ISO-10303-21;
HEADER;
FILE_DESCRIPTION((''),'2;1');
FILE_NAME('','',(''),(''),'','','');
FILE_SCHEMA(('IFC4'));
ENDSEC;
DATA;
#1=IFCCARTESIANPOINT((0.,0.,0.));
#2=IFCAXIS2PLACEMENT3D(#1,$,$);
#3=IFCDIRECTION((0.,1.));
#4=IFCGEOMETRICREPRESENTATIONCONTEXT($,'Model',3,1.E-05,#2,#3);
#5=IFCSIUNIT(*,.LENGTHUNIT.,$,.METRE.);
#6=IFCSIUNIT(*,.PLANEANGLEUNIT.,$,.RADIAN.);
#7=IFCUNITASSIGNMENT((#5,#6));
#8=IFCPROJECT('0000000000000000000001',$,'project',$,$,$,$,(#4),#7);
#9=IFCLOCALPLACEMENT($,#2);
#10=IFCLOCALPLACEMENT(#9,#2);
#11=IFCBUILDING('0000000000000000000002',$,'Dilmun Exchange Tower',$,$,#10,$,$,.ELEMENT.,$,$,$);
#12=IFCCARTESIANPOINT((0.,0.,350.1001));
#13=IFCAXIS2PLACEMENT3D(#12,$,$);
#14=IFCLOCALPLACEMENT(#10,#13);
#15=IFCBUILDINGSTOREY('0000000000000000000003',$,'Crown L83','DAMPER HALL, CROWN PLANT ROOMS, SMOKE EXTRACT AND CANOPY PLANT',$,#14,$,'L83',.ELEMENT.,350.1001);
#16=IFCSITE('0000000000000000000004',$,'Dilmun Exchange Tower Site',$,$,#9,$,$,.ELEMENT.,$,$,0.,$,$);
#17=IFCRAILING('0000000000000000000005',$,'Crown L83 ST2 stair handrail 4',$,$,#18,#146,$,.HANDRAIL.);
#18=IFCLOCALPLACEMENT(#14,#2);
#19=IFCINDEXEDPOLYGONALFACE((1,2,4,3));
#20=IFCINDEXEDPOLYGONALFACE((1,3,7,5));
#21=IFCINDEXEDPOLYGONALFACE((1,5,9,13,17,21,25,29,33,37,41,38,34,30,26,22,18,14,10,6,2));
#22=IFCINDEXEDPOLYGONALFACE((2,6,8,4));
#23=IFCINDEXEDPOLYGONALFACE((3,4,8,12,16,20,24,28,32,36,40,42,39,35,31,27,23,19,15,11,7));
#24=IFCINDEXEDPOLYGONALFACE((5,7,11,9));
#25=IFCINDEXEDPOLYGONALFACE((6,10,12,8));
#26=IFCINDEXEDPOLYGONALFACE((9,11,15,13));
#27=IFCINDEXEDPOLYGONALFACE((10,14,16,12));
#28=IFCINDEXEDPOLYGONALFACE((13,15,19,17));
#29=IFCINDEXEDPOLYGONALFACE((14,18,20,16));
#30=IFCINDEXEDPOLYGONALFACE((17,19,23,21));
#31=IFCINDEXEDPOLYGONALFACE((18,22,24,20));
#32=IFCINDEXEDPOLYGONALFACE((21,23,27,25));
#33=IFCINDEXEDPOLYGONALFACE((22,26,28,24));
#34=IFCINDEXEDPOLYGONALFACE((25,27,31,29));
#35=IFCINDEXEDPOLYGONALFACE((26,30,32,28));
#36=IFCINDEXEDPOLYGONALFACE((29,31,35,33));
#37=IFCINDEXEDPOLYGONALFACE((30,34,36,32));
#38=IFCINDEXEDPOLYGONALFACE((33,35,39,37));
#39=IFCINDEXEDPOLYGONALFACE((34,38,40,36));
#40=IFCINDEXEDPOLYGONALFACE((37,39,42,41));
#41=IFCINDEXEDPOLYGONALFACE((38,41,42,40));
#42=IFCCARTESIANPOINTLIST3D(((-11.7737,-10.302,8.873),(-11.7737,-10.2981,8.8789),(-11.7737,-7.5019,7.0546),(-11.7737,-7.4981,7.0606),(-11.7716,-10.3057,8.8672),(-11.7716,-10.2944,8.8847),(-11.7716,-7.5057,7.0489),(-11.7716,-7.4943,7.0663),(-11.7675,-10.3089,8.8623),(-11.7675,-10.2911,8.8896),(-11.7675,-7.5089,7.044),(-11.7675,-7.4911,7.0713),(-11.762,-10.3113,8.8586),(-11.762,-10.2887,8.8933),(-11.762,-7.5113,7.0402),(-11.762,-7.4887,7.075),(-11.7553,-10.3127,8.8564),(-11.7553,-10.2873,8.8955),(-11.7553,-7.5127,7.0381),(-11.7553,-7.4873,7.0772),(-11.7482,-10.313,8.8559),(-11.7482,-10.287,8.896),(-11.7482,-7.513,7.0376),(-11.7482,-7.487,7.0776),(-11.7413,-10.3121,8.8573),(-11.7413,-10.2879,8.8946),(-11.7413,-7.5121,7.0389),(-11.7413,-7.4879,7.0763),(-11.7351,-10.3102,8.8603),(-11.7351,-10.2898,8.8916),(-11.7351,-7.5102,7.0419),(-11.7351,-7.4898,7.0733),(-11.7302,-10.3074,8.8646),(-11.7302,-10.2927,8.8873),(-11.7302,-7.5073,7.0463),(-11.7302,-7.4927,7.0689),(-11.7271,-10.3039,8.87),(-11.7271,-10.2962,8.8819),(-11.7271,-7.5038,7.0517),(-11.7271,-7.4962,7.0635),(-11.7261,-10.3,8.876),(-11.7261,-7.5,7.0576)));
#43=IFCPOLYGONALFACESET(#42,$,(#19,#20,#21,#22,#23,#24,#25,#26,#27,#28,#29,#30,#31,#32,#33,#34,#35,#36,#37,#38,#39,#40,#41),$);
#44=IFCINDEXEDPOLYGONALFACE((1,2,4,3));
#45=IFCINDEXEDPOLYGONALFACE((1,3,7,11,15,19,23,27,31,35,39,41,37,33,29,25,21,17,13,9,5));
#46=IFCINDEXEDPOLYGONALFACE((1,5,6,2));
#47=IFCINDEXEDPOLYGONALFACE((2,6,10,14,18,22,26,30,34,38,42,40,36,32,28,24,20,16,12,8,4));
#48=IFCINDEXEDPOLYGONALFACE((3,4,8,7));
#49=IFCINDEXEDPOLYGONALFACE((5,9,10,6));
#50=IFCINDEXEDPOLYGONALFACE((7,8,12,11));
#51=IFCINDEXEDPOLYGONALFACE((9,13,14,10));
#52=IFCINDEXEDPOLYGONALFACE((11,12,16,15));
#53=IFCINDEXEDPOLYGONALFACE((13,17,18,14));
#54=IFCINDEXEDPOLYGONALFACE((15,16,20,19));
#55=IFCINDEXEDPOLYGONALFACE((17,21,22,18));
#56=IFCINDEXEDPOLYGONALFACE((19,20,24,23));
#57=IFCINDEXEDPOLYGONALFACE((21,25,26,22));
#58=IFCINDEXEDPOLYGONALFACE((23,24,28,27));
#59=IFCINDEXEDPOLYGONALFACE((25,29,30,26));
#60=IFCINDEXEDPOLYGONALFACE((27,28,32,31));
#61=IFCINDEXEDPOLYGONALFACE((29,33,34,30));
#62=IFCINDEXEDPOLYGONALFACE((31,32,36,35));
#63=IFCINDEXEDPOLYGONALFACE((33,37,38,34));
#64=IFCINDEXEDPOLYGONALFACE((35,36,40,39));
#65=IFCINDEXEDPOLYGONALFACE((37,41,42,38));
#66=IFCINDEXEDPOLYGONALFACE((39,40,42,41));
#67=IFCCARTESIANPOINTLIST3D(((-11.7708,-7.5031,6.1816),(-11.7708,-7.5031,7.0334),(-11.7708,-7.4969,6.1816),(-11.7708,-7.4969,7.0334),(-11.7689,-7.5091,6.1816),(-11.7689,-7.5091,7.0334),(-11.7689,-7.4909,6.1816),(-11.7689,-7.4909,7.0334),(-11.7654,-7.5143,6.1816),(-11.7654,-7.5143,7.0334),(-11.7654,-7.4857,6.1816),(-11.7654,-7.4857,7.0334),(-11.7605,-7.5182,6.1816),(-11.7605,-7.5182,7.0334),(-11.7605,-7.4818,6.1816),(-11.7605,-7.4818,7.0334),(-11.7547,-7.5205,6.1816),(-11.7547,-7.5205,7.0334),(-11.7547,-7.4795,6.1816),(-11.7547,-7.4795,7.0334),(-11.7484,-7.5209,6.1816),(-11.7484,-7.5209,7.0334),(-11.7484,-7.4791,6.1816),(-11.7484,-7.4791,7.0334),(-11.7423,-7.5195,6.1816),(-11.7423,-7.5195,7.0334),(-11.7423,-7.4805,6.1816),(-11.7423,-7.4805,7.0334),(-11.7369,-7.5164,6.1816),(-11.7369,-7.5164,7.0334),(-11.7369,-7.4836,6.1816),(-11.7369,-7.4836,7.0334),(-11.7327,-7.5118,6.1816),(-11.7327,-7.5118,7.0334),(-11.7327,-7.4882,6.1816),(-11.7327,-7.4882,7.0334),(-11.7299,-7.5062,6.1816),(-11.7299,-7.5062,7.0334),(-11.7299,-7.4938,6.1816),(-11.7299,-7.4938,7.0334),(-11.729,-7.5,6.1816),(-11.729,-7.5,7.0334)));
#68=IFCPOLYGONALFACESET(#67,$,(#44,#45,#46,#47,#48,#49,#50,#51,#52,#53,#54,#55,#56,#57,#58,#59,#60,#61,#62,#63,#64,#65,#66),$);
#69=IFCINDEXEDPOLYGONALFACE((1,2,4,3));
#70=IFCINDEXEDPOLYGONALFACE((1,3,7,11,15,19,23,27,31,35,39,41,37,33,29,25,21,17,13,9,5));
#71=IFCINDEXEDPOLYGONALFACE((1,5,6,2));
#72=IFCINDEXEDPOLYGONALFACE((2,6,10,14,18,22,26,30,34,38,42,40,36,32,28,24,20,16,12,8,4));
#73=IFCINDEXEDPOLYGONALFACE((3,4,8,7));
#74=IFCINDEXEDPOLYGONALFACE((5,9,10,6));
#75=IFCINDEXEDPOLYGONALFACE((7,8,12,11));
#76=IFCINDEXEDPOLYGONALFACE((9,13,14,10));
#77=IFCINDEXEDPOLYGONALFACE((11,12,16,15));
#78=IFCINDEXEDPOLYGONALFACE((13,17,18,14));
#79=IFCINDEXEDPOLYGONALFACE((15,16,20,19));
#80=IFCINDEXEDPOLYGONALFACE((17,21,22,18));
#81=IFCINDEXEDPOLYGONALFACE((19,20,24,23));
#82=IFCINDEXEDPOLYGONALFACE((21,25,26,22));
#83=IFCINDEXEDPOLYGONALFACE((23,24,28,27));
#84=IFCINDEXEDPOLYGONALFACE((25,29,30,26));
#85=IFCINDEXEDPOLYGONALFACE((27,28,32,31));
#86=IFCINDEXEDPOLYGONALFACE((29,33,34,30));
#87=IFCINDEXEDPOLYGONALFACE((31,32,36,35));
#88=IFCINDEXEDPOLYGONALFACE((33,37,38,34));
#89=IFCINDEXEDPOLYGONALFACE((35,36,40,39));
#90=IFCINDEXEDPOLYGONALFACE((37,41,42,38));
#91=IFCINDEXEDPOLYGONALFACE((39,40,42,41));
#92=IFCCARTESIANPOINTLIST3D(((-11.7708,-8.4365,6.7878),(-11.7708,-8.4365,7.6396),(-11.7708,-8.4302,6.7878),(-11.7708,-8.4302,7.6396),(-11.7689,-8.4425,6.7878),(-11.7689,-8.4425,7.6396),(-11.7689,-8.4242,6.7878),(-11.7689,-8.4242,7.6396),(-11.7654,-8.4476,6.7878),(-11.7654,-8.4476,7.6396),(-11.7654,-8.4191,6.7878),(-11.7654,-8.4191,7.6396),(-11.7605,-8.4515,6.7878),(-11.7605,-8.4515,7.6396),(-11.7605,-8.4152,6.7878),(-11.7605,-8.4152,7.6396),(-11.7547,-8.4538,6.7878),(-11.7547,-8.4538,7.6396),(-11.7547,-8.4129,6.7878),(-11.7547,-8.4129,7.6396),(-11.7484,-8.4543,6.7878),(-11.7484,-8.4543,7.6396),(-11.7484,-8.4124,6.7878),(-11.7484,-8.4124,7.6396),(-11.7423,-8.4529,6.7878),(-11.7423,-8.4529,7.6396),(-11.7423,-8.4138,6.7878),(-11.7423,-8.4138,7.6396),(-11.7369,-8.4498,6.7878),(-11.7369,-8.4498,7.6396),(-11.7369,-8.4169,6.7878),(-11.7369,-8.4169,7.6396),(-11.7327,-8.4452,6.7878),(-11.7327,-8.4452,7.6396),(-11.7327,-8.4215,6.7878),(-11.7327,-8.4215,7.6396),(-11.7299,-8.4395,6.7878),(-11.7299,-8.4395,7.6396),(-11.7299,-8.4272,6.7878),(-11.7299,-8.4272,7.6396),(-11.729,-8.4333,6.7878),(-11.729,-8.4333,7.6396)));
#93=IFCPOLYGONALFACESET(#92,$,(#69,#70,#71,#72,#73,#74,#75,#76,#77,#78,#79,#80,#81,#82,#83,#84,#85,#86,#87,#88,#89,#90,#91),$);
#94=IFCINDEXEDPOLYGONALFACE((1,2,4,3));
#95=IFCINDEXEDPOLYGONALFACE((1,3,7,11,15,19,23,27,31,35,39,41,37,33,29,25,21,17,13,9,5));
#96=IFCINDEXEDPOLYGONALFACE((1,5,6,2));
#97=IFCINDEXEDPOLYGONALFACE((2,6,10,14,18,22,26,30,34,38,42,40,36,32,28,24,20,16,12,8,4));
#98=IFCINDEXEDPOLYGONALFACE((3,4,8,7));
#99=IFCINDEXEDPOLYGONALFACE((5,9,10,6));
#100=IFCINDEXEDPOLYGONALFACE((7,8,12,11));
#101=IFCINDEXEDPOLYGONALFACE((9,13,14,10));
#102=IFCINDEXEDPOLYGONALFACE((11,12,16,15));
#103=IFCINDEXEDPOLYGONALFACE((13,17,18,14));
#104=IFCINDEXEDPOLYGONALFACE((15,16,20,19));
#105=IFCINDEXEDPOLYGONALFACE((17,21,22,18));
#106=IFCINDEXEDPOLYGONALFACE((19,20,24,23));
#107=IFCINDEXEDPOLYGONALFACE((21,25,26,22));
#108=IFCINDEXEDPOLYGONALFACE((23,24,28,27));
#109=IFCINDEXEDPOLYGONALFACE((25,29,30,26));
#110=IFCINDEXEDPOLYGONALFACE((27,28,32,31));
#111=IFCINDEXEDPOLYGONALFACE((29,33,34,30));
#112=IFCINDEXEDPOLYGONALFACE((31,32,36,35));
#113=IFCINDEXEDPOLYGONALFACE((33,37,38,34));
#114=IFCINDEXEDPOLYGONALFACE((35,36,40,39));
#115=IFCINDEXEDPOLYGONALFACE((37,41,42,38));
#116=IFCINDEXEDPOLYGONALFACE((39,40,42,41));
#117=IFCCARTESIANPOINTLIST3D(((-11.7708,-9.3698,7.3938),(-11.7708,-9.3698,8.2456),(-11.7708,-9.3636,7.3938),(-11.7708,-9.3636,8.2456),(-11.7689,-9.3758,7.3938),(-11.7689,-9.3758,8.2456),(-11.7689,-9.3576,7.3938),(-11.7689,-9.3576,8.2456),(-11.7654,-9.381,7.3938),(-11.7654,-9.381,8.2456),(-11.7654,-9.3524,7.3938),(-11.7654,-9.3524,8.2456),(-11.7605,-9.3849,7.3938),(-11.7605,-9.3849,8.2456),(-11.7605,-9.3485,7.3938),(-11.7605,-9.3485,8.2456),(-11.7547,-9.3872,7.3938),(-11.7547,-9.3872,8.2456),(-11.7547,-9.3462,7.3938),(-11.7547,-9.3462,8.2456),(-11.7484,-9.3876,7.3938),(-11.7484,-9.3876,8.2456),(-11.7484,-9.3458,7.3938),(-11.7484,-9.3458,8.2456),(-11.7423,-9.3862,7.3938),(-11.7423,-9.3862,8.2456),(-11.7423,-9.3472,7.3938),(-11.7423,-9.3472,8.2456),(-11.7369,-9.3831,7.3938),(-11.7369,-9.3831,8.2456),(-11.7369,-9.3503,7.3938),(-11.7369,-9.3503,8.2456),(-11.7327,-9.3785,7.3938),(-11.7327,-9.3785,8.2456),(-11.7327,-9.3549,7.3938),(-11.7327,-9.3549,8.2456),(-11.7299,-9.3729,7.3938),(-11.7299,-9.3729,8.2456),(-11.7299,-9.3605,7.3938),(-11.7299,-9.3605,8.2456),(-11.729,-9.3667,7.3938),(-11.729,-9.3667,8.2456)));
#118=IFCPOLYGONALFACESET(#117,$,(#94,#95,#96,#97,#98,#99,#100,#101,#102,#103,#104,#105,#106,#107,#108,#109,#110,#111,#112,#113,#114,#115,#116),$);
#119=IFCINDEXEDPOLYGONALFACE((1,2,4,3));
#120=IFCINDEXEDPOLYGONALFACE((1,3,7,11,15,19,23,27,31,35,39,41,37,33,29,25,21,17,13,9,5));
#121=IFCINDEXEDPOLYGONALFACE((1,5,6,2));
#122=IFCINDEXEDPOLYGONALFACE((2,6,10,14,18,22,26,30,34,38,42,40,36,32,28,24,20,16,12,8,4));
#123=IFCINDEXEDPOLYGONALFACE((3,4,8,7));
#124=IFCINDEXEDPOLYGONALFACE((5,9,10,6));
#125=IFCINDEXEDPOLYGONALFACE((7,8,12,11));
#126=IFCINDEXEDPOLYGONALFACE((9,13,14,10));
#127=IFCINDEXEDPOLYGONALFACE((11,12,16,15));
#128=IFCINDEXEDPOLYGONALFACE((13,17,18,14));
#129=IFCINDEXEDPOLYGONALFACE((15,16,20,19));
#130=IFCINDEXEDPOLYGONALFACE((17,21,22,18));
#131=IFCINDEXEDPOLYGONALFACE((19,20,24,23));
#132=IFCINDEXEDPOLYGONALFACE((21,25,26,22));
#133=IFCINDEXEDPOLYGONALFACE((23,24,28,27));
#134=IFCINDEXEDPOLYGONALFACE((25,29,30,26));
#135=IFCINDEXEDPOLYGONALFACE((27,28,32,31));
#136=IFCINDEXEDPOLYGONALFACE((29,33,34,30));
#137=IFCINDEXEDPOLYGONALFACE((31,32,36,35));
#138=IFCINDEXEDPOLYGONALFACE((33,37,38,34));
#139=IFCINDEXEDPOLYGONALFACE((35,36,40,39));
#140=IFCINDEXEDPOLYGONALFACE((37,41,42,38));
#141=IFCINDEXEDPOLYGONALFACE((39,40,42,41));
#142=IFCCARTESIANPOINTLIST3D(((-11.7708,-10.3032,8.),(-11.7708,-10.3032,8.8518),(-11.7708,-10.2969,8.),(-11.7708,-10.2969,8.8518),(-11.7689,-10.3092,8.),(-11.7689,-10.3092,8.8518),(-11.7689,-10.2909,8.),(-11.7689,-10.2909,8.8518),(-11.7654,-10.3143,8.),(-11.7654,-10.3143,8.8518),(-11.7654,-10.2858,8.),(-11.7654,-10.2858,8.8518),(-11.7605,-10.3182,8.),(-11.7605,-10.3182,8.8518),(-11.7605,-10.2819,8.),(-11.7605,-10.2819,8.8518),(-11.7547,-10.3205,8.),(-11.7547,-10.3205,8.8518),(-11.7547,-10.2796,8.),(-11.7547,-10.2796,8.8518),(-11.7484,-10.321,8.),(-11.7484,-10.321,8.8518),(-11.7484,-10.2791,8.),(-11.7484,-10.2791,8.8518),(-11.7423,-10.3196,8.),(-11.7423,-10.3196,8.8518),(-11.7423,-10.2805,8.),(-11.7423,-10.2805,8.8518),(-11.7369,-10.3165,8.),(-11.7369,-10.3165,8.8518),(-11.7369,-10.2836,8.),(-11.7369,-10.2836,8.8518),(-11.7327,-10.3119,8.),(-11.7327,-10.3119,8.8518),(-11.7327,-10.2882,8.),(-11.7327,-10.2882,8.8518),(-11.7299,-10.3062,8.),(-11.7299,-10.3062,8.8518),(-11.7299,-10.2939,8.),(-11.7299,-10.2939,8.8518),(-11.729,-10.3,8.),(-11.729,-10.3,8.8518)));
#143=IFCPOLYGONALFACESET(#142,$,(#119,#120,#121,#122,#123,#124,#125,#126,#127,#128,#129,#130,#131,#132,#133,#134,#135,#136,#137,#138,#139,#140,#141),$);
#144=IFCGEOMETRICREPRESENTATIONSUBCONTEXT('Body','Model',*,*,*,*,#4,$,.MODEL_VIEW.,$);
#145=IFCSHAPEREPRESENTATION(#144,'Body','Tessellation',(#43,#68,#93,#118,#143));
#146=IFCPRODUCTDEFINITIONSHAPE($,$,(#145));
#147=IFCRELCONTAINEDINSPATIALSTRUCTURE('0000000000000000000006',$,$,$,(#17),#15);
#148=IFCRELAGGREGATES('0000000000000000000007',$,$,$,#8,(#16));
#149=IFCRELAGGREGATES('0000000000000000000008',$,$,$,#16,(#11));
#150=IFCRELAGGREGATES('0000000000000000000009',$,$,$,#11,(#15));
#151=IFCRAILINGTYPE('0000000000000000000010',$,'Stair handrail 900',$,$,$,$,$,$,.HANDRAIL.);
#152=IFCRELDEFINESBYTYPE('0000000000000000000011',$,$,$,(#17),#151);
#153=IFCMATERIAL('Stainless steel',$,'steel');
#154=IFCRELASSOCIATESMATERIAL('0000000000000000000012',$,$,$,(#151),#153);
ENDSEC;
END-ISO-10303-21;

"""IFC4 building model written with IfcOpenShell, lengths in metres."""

from ifc_helpers import new_model, si_unit, direction, frame, origin, origin_2d, place, context, subcontext, project, spatial, circle, extrude, material, type_object, element, save


model = new_model("IFC4")

# Units and contexts
model_context = context("Model", 3, precision=1e-05, world=origin(), true_north=direction((0.0, 1.0)))
body_context = subcontext(model_context, "Body", "Model", "MODEL_VIEW")
ifc_project = project(units=[si_unit("LENGTHUNIT", "METRE"), si_unit("PLANEANGLEUNIT", "RADIAN")], contexts=[model_context])

# Site, building, storey
site_placement = place(None, origin())
site = spatial("IfcSite", under=ifc_project, at=site_placement, Name="Dilmun Exchange Tower Site", CompositionType="ELEMENT", RefElevation=0.0)
building_placement = place(site_placement, origin())
building = spatial("IfcBuilding", under=site, at=building_placement, Name="Dilmun Exchange Tower", CompositionType="ELEMENT")
storey_placement = place(building_placement, frame((0.0, 0.0, 350.1001)))
storey = spatial("IfcBuildingStorey", under=building, at=storey_placement, Name="Crown L83", Description="DAMPER HALL, CROWN PLANT ROOMS, SMOKE EXTRACT AND CANOPY PLANT", LongName="L83", CompositionType="ELEMENT", Elevation=350.1001)

# Railing
ifc_material_1 = material(Name="Stainless steel", Category="steel")
railing_type = type_object("IfcRailingType", Name="Stair handrail 900", PredefinedType="HANDRAIL", material=ifc_material_1)
railing_1_placement = place(storey_placement, frame((-11.75, -7.5, 6.1816)))
element("IfcRailing", 1, at=railing_1_placement, inside=storey, type_object=railing_type, Name="Crown L83 ST2 stair handrail 4", PredefinedType="HANDRAIL", context=body_context, shape_type="SweptSolid", body=[
    extrude(circle(Radius=0.0239, at=origin_2d()), frame((0.0, 0.0, 0.876), z_axis=(0.0, -0.838672, 0.544636), x_axis=(1.0, 0.0, 0.0)), (0.0, 0.0, 1.0), 3.3386),
    extrude(circle(Radius=0.021, at=origin_2d()), origin(), (0.0, 0.0, 1.0), 0.8518),
    extrude(circle(Radius=0.021, at=origin_2d()), frame((0.0, -0.9333, 0.6062)), (0.0, 0.0, 1.0), 0.8518),
    extrude(circle(Radius=0.021, at=origin_2d()), frame((0.0, -1.8667, 1.2122)), (0.0, 0.0, 1.0), 0.8518),
    extrude(circle(Radius=0.021, at=origin_2d()), frame((0.0, -2.8, 1.8184)), (0.0, 0.0, 1.0), 0.8518),
])

save(model, "model.ifc")
